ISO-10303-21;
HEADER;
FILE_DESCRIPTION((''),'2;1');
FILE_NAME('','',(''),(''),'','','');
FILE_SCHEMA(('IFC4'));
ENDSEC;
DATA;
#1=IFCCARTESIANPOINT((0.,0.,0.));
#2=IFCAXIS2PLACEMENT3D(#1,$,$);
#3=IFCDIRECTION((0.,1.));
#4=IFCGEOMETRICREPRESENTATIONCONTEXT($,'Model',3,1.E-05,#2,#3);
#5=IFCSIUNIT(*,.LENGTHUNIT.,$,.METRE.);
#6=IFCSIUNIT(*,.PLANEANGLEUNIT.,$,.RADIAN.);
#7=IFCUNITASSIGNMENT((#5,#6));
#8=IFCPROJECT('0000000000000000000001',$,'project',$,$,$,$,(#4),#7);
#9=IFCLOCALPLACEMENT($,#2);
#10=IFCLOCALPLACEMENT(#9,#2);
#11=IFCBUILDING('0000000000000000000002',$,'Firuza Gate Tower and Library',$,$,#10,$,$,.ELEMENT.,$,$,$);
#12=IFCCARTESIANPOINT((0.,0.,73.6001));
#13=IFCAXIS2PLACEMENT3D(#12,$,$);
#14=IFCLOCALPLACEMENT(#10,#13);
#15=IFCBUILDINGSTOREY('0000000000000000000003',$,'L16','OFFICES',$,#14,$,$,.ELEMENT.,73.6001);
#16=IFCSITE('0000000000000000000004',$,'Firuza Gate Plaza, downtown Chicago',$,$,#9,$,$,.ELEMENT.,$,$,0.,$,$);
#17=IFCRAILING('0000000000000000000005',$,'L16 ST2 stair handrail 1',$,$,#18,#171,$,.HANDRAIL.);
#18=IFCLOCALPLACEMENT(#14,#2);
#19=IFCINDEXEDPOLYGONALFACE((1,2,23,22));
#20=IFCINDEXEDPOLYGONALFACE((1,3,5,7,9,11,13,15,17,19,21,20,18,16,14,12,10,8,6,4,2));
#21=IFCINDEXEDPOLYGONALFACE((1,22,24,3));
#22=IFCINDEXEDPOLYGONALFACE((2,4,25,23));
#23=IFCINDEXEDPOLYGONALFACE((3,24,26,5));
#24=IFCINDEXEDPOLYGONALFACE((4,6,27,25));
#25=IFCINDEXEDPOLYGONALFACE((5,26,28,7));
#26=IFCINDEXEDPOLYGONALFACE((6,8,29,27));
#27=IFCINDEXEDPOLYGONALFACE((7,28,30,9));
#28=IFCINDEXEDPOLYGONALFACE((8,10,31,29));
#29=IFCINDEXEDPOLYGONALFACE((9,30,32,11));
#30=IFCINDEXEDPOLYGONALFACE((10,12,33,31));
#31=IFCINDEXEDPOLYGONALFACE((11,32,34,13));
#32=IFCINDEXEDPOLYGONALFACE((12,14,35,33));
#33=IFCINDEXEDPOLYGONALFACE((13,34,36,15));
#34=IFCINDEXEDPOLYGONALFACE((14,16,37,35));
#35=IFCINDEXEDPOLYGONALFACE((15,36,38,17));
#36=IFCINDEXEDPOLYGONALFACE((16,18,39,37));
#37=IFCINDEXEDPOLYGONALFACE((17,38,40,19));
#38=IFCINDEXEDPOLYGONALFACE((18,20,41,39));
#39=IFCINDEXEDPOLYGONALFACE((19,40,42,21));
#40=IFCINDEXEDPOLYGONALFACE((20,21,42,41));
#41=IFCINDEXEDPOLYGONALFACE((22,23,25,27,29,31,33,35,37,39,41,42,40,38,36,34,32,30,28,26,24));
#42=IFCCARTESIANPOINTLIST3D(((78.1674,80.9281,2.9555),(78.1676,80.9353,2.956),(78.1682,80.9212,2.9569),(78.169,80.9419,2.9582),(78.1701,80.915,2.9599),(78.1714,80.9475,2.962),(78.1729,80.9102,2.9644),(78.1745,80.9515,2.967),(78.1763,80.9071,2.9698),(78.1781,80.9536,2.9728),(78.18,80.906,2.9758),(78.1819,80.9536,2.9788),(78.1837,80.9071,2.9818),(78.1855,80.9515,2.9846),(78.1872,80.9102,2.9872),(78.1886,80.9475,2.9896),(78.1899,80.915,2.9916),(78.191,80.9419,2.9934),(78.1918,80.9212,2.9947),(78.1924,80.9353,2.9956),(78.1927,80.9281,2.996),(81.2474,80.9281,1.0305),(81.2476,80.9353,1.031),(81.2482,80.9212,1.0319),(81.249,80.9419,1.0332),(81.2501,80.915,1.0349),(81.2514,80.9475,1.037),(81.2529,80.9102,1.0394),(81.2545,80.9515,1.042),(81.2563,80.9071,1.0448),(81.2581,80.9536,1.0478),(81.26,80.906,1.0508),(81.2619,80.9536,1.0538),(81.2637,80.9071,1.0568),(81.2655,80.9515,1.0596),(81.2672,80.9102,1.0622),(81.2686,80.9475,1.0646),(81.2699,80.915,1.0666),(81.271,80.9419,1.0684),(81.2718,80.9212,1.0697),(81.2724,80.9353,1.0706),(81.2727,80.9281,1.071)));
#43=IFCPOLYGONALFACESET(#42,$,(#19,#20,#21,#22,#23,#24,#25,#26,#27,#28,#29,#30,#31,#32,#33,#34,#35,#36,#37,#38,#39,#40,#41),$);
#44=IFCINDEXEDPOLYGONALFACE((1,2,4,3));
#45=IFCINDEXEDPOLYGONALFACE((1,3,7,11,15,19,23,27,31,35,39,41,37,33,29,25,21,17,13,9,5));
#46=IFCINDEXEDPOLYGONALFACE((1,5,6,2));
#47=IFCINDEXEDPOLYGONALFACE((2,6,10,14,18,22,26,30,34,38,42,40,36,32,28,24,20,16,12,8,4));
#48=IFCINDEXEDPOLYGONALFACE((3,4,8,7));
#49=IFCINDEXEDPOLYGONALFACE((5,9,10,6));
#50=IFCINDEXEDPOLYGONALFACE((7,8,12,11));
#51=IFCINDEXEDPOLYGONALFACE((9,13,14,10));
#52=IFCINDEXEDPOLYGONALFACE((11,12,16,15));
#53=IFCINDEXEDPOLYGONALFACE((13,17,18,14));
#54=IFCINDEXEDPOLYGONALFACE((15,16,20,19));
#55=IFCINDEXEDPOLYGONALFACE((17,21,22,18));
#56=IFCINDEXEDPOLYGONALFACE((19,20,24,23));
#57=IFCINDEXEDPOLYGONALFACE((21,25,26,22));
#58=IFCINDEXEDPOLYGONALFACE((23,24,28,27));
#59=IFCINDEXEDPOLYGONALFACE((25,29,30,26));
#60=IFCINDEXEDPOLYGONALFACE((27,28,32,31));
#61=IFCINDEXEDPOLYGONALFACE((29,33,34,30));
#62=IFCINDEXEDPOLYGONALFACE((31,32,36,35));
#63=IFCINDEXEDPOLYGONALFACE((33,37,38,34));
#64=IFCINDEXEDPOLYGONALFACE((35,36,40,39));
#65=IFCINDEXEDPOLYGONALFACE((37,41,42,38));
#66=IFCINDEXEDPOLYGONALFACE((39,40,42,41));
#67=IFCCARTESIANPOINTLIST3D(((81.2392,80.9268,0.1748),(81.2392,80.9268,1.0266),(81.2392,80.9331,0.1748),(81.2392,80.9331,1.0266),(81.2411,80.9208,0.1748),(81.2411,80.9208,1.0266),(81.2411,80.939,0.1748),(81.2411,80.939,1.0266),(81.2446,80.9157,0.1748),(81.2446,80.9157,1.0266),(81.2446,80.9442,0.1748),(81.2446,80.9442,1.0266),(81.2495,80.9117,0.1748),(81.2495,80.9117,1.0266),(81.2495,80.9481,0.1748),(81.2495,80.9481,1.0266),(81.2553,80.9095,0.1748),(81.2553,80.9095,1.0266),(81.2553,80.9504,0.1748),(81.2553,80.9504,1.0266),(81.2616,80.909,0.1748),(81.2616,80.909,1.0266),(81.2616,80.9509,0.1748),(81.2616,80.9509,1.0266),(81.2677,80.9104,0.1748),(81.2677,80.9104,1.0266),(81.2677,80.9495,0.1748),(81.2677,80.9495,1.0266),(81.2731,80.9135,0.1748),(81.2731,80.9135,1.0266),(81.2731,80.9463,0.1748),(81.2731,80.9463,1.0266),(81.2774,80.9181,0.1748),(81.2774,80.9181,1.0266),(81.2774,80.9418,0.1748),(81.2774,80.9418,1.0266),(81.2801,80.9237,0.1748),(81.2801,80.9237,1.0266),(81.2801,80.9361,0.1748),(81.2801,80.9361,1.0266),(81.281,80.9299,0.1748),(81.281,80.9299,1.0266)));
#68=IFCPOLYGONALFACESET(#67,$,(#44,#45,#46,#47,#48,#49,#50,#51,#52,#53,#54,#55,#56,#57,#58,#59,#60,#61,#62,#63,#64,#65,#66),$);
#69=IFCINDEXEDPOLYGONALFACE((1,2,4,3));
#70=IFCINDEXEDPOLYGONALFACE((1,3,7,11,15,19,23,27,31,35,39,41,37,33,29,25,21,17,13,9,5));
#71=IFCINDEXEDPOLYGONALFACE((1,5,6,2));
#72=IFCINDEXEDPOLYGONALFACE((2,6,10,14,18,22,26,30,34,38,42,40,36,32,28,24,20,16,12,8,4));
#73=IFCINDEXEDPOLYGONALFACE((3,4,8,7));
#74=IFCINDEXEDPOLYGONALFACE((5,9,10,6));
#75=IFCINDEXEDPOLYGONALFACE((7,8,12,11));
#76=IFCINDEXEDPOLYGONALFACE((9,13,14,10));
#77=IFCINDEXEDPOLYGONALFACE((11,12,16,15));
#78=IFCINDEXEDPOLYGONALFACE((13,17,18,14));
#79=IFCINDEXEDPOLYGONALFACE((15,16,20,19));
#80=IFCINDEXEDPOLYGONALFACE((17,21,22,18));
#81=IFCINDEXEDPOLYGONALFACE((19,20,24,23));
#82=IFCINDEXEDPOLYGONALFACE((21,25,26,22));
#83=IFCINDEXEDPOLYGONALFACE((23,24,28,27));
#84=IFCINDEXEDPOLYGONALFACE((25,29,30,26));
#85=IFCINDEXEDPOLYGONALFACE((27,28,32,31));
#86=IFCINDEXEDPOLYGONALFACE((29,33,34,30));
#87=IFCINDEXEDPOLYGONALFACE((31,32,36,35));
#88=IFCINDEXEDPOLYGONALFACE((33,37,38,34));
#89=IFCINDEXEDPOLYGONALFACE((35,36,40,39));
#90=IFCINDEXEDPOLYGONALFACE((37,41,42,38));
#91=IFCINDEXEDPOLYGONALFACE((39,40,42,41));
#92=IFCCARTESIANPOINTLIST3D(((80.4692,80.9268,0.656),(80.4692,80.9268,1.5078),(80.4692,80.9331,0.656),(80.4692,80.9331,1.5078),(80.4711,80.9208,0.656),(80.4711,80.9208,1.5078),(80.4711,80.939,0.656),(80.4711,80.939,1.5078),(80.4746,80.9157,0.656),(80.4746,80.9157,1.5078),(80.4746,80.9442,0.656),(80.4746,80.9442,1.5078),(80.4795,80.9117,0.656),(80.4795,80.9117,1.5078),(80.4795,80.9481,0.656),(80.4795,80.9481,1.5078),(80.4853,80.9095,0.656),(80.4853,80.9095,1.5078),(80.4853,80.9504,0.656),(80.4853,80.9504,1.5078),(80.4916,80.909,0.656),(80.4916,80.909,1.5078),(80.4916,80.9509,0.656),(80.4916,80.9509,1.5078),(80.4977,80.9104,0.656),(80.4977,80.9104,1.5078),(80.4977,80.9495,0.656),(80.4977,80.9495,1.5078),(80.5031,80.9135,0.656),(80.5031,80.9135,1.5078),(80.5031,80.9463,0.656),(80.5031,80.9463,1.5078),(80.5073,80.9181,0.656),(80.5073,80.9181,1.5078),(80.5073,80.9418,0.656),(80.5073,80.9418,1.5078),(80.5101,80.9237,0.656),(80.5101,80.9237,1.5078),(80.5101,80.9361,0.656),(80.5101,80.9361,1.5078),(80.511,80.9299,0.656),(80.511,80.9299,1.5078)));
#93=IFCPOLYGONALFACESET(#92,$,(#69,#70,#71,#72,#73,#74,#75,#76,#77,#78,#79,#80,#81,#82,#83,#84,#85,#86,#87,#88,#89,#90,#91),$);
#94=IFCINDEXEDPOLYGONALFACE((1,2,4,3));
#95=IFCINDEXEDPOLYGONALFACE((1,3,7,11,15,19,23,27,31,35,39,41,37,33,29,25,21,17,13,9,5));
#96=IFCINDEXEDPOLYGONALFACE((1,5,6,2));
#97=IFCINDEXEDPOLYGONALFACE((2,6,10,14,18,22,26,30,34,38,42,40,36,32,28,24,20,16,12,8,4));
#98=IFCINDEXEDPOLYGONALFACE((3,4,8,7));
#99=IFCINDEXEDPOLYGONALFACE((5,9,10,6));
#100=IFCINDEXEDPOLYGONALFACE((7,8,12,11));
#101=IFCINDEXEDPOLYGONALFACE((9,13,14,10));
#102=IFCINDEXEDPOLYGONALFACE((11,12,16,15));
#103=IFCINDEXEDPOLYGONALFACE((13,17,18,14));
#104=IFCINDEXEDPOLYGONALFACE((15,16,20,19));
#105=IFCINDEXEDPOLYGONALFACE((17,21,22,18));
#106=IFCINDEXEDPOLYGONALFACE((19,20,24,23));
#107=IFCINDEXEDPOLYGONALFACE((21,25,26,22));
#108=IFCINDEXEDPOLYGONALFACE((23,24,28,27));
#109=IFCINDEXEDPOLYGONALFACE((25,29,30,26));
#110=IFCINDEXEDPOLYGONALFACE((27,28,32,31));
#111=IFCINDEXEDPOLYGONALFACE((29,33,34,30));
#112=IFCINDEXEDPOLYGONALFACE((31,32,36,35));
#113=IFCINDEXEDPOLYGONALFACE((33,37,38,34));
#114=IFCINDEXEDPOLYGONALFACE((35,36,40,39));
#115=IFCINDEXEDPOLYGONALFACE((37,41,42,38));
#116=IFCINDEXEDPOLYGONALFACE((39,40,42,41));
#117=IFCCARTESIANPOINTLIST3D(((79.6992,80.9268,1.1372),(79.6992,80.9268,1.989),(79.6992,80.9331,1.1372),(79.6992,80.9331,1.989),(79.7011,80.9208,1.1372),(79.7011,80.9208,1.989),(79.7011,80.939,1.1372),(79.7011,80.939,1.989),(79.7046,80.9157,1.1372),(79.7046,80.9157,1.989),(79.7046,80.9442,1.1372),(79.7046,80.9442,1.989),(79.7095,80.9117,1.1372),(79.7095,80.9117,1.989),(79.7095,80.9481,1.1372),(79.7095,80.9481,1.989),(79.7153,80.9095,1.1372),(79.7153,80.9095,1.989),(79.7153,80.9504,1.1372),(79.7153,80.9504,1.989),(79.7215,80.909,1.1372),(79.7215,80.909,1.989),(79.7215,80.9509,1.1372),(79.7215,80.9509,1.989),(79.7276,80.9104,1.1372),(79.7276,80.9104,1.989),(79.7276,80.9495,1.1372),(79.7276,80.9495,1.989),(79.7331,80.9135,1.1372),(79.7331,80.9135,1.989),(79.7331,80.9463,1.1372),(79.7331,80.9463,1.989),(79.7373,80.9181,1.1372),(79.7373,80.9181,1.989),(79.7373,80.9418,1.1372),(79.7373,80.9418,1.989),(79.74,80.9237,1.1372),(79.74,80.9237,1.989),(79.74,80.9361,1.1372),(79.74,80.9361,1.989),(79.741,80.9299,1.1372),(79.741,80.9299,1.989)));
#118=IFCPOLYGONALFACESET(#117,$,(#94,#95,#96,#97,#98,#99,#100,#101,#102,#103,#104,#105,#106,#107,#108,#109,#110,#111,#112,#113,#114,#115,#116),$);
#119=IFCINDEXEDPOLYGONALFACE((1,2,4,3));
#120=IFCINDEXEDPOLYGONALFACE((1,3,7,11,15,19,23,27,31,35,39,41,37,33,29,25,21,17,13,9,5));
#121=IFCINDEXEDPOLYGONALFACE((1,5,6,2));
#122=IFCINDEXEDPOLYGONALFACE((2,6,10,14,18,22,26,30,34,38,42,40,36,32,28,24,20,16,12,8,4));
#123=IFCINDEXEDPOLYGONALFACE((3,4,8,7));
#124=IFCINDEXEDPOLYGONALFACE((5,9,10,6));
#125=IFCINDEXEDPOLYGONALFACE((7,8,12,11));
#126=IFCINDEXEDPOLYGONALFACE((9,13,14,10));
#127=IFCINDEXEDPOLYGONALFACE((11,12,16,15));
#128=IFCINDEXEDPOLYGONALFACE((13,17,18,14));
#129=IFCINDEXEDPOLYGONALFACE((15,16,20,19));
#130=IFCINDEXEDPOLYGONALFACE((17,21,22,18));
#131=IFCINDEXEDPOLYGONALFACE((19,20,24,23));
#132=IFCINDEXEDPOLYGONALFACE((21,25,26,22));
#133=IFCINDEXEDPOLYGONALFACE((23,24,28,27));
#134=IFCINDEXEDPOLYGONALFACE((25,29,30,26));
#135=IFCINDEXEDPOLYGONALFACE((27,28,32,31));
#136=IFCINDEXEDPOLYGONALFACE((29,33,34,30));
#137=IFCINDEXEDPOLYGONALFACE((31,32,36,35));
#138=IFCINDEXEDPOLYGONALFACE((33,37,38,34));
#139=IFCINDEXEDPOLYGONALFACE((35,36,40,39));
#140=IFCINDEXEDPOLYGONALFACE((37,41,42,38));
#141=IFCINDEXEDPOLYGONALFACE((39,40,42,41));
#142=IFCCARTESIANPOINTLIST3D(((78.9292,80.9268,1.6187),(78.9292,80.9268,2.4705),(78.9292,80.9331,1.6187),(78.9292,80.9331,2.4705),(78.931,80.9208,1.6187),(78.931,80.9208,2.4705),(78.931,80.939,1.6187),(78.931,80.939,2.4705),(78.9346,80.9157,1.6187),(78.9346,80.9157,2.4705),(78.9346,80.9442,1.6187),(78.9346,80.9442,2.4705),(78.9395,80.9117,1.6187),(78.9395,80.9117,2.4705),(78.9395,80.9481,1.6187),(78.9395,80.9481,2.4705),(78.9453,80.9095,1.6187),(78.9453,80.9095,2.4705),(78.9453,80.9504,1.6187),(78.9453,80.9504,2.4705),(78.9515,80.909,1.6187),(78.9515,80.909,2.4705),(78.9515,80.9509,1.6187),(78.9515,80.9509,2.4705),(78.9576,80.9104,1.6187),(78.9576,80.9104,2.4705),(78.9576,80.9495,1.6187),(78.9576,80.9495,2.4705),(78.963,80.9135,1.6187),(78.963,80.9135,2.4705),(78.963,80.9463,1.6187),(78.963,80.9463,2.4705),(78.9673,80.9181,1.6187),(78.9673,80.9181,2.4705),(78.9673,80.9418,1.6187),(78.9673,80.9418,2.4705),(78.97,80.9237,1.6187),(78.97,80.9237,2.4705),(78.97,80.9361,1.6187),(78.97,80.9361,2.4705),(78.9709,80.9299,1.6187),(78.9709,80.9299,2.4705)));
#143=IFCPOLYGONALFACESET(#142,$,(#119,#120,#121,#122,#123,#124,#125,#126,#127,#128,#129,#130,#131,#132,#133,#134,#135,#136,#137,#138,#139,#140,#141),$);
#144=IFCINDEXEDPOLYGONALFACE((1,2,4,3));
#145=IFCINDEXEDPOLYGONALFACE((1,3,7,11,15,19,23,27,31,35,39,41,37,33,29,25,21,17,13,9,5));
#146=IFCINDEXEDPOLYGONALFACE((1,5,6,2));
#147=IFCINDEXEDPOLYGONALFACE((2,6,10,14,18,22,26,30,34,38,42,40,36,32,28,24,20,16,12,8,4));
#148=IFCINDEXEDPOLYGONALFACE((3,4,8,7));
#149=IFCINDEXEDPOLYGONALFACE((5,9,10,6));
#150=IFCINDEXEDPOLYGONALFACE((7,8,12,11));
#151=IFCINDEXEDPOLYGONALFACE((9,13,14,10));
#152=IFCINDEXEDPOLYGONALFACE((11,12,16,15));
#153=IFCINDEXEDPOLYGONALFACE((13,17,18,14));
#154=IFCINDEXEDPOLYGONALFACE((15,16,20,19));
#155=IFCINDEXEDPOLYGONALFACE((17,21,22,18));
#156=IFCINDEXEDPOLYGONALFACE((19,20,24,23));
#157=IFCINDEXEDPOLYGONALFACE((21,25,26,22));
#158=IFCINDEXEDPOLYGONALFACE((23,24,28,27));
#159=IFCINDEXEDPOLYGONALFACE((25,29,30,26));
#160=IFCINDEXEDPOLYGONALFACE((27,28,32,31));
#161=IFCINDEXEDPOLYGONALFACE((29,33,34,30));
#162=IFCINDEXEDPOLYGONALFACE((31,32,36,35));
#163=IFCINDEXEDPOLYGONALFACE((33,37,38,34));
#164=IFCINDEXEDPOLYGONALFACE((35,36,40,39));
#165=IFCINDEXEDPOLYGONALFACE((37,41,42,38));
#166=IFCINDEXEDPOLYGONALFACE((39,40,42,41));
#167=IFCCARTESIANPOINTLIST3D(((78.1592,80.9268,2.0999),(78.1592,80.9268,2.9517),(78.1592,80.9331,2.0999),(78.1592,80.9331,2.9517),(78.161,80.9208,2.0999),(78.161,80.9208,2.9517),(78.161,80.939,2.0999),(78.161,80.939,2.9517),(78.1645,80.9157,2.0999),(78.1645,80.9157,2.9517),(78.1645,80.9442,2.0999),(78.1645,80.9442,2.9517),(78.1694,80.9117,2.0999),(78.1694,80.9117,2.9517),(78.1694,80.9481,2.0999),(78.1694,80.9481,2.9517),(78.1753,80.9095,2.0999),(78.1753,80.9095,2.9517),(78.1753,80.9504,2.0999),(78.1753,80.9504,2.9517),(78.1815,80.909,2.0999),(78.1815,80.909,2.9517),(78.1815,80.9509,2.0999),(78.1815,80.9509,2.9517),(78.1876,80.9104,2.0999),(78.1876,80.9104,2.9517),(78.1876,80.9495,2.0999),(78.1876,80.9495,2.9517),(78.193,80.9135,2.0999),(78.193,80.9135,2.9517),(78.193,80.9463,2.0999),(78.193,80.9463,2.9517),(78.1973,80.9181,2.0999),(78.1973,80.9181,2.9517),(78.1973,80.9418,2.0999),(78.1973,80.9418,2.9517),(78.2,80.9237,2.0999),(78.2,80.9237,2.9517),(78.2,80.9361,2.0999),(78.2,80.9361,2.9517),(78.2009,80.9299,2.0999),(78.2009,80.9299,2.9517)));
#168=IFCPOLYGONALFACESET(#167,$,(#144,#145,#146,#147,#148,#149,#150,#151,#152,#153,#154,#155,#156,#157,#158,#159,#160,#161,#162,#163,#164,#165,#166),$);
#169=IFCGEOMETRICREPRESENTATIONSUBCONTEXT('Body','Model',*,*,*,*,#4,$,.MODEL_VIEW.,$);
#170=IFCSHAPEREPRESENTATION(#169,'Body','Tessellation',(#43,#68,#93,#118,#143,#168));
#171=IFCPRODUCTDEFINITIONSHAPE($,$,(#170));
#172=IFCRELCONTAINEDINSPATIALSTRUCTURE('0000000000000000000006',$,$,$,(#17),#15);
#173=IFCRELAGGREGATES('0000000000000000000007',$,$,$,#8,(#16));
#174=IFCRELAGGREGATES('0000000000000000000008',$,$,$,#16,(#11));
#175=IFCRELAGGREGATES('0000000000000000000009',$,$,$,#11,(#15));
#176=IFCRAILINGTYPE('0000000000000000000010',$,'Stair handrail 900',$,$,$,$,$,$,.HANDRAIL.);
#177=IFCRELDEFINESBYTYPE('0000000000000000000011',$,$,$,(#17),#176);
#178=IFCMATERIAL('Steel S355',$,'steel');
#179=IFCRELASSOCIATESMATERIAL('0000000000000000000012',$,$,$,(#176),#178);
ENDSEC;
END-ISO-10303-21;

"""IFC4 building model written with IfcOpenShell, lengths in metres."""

from ifc_helpers import new_model, si_unit, direction, frame, origin, origin_2d, place, context, subcontext, project, spatial, circle, extrude, material, type_object, element, save


model = new_model("IFC4")

# Units and contexts
model_context = context("Model", 3, precision=1e-05, world=origin(), true_north=direction((0.0, 1.0)))
body_context = subcontext(model_context, "Body", "Model", "MODEL_VIEW")
ifc_project = project(units=[si_unit("LENGTHUNIT", "METRE"), si_unit("PLANEANGLEUNIT", "RADIAN")], contexts=[model_context])

# Site, building, storey
site_placement = place(None, origin())
site = spatial("IfcSite", under=ifc_project, at=site_placement, Name="Firuza Gate Plaza, downtown Chicago", CompositionType="ELEMENT", RefElevation=0.0)
building_placement = place(site_placement, origin())
building = spatial("IfcBuilding", under=site, at=building_placement, Name="Firuza Gate Tower and Library", CompositionType="ELEMENT")
storey_placement = place(building_placement, frame((0.0, 0.0, 73.6001)))
storey = spatial("IfcBuildingStorey", under=building, at=storey_placement, Name="L16", Description="OFFICES", CompositionType="ELEMENT", Elevation=73.6001)

# Railing
ifc_material_1 = material(Name="Steel S355", Category="steel")
railing_type_1 = type_object("IfcRailingType", Name="Stair handrail 900", PredefinedType="HANDRAIL", material=ifc_material_1)
railing_1_placement = place(storey_placement, frame((81.26, 80.9299, 0.1748)))
element("IfcRailing", 1, at=railing_1_placement, inside=storey, type_object=railing_type_1, Name="L16 ST2 stair handrail 1", PredefinedType="HANDRAIL", context=body_context, shape_type="SweptSolid", body=[
    extrude(circle(Radius=0.0239, at=origin_2d()), frame((0.0, 0.0, 0.876), z_axis=(-0.847998, 0.0, 0.529999), x_axis=(0.0, -1.0, 0.0)), (0.0, 0.0, 1.0), 3.6321),
    extrude(circle(Radius=0.021, at=origin_2d()), origin(), (0.0, 0.0, 1.0), 0.8518),
    extrude(circle(Radius=0.021, at=origin_2d()), frame((-0.77, 0.0, 0.4812)), (0.0, 0.0, 1.0), 0.8518),
    extrude(circle(Radius=0.021, at=origin_2d()), frame((-1.54, 0.0, 0.9624)), (0.0, 0.0, 1.0), 0.8518),
    extrude(circle(Radius=0.021, at=origin_2d()), frame((-2.3101, 0.0, 1.4438)), (0.0, 0.0, 1.0), 0.8518),
    extrude(circle(Radius=0.021, at=origin_2d()), frame((-3.0801, 0.0, 1.925)), (0.0, 0.0, 1.0), 0.8518),
])

save(model, "model.ifc")
